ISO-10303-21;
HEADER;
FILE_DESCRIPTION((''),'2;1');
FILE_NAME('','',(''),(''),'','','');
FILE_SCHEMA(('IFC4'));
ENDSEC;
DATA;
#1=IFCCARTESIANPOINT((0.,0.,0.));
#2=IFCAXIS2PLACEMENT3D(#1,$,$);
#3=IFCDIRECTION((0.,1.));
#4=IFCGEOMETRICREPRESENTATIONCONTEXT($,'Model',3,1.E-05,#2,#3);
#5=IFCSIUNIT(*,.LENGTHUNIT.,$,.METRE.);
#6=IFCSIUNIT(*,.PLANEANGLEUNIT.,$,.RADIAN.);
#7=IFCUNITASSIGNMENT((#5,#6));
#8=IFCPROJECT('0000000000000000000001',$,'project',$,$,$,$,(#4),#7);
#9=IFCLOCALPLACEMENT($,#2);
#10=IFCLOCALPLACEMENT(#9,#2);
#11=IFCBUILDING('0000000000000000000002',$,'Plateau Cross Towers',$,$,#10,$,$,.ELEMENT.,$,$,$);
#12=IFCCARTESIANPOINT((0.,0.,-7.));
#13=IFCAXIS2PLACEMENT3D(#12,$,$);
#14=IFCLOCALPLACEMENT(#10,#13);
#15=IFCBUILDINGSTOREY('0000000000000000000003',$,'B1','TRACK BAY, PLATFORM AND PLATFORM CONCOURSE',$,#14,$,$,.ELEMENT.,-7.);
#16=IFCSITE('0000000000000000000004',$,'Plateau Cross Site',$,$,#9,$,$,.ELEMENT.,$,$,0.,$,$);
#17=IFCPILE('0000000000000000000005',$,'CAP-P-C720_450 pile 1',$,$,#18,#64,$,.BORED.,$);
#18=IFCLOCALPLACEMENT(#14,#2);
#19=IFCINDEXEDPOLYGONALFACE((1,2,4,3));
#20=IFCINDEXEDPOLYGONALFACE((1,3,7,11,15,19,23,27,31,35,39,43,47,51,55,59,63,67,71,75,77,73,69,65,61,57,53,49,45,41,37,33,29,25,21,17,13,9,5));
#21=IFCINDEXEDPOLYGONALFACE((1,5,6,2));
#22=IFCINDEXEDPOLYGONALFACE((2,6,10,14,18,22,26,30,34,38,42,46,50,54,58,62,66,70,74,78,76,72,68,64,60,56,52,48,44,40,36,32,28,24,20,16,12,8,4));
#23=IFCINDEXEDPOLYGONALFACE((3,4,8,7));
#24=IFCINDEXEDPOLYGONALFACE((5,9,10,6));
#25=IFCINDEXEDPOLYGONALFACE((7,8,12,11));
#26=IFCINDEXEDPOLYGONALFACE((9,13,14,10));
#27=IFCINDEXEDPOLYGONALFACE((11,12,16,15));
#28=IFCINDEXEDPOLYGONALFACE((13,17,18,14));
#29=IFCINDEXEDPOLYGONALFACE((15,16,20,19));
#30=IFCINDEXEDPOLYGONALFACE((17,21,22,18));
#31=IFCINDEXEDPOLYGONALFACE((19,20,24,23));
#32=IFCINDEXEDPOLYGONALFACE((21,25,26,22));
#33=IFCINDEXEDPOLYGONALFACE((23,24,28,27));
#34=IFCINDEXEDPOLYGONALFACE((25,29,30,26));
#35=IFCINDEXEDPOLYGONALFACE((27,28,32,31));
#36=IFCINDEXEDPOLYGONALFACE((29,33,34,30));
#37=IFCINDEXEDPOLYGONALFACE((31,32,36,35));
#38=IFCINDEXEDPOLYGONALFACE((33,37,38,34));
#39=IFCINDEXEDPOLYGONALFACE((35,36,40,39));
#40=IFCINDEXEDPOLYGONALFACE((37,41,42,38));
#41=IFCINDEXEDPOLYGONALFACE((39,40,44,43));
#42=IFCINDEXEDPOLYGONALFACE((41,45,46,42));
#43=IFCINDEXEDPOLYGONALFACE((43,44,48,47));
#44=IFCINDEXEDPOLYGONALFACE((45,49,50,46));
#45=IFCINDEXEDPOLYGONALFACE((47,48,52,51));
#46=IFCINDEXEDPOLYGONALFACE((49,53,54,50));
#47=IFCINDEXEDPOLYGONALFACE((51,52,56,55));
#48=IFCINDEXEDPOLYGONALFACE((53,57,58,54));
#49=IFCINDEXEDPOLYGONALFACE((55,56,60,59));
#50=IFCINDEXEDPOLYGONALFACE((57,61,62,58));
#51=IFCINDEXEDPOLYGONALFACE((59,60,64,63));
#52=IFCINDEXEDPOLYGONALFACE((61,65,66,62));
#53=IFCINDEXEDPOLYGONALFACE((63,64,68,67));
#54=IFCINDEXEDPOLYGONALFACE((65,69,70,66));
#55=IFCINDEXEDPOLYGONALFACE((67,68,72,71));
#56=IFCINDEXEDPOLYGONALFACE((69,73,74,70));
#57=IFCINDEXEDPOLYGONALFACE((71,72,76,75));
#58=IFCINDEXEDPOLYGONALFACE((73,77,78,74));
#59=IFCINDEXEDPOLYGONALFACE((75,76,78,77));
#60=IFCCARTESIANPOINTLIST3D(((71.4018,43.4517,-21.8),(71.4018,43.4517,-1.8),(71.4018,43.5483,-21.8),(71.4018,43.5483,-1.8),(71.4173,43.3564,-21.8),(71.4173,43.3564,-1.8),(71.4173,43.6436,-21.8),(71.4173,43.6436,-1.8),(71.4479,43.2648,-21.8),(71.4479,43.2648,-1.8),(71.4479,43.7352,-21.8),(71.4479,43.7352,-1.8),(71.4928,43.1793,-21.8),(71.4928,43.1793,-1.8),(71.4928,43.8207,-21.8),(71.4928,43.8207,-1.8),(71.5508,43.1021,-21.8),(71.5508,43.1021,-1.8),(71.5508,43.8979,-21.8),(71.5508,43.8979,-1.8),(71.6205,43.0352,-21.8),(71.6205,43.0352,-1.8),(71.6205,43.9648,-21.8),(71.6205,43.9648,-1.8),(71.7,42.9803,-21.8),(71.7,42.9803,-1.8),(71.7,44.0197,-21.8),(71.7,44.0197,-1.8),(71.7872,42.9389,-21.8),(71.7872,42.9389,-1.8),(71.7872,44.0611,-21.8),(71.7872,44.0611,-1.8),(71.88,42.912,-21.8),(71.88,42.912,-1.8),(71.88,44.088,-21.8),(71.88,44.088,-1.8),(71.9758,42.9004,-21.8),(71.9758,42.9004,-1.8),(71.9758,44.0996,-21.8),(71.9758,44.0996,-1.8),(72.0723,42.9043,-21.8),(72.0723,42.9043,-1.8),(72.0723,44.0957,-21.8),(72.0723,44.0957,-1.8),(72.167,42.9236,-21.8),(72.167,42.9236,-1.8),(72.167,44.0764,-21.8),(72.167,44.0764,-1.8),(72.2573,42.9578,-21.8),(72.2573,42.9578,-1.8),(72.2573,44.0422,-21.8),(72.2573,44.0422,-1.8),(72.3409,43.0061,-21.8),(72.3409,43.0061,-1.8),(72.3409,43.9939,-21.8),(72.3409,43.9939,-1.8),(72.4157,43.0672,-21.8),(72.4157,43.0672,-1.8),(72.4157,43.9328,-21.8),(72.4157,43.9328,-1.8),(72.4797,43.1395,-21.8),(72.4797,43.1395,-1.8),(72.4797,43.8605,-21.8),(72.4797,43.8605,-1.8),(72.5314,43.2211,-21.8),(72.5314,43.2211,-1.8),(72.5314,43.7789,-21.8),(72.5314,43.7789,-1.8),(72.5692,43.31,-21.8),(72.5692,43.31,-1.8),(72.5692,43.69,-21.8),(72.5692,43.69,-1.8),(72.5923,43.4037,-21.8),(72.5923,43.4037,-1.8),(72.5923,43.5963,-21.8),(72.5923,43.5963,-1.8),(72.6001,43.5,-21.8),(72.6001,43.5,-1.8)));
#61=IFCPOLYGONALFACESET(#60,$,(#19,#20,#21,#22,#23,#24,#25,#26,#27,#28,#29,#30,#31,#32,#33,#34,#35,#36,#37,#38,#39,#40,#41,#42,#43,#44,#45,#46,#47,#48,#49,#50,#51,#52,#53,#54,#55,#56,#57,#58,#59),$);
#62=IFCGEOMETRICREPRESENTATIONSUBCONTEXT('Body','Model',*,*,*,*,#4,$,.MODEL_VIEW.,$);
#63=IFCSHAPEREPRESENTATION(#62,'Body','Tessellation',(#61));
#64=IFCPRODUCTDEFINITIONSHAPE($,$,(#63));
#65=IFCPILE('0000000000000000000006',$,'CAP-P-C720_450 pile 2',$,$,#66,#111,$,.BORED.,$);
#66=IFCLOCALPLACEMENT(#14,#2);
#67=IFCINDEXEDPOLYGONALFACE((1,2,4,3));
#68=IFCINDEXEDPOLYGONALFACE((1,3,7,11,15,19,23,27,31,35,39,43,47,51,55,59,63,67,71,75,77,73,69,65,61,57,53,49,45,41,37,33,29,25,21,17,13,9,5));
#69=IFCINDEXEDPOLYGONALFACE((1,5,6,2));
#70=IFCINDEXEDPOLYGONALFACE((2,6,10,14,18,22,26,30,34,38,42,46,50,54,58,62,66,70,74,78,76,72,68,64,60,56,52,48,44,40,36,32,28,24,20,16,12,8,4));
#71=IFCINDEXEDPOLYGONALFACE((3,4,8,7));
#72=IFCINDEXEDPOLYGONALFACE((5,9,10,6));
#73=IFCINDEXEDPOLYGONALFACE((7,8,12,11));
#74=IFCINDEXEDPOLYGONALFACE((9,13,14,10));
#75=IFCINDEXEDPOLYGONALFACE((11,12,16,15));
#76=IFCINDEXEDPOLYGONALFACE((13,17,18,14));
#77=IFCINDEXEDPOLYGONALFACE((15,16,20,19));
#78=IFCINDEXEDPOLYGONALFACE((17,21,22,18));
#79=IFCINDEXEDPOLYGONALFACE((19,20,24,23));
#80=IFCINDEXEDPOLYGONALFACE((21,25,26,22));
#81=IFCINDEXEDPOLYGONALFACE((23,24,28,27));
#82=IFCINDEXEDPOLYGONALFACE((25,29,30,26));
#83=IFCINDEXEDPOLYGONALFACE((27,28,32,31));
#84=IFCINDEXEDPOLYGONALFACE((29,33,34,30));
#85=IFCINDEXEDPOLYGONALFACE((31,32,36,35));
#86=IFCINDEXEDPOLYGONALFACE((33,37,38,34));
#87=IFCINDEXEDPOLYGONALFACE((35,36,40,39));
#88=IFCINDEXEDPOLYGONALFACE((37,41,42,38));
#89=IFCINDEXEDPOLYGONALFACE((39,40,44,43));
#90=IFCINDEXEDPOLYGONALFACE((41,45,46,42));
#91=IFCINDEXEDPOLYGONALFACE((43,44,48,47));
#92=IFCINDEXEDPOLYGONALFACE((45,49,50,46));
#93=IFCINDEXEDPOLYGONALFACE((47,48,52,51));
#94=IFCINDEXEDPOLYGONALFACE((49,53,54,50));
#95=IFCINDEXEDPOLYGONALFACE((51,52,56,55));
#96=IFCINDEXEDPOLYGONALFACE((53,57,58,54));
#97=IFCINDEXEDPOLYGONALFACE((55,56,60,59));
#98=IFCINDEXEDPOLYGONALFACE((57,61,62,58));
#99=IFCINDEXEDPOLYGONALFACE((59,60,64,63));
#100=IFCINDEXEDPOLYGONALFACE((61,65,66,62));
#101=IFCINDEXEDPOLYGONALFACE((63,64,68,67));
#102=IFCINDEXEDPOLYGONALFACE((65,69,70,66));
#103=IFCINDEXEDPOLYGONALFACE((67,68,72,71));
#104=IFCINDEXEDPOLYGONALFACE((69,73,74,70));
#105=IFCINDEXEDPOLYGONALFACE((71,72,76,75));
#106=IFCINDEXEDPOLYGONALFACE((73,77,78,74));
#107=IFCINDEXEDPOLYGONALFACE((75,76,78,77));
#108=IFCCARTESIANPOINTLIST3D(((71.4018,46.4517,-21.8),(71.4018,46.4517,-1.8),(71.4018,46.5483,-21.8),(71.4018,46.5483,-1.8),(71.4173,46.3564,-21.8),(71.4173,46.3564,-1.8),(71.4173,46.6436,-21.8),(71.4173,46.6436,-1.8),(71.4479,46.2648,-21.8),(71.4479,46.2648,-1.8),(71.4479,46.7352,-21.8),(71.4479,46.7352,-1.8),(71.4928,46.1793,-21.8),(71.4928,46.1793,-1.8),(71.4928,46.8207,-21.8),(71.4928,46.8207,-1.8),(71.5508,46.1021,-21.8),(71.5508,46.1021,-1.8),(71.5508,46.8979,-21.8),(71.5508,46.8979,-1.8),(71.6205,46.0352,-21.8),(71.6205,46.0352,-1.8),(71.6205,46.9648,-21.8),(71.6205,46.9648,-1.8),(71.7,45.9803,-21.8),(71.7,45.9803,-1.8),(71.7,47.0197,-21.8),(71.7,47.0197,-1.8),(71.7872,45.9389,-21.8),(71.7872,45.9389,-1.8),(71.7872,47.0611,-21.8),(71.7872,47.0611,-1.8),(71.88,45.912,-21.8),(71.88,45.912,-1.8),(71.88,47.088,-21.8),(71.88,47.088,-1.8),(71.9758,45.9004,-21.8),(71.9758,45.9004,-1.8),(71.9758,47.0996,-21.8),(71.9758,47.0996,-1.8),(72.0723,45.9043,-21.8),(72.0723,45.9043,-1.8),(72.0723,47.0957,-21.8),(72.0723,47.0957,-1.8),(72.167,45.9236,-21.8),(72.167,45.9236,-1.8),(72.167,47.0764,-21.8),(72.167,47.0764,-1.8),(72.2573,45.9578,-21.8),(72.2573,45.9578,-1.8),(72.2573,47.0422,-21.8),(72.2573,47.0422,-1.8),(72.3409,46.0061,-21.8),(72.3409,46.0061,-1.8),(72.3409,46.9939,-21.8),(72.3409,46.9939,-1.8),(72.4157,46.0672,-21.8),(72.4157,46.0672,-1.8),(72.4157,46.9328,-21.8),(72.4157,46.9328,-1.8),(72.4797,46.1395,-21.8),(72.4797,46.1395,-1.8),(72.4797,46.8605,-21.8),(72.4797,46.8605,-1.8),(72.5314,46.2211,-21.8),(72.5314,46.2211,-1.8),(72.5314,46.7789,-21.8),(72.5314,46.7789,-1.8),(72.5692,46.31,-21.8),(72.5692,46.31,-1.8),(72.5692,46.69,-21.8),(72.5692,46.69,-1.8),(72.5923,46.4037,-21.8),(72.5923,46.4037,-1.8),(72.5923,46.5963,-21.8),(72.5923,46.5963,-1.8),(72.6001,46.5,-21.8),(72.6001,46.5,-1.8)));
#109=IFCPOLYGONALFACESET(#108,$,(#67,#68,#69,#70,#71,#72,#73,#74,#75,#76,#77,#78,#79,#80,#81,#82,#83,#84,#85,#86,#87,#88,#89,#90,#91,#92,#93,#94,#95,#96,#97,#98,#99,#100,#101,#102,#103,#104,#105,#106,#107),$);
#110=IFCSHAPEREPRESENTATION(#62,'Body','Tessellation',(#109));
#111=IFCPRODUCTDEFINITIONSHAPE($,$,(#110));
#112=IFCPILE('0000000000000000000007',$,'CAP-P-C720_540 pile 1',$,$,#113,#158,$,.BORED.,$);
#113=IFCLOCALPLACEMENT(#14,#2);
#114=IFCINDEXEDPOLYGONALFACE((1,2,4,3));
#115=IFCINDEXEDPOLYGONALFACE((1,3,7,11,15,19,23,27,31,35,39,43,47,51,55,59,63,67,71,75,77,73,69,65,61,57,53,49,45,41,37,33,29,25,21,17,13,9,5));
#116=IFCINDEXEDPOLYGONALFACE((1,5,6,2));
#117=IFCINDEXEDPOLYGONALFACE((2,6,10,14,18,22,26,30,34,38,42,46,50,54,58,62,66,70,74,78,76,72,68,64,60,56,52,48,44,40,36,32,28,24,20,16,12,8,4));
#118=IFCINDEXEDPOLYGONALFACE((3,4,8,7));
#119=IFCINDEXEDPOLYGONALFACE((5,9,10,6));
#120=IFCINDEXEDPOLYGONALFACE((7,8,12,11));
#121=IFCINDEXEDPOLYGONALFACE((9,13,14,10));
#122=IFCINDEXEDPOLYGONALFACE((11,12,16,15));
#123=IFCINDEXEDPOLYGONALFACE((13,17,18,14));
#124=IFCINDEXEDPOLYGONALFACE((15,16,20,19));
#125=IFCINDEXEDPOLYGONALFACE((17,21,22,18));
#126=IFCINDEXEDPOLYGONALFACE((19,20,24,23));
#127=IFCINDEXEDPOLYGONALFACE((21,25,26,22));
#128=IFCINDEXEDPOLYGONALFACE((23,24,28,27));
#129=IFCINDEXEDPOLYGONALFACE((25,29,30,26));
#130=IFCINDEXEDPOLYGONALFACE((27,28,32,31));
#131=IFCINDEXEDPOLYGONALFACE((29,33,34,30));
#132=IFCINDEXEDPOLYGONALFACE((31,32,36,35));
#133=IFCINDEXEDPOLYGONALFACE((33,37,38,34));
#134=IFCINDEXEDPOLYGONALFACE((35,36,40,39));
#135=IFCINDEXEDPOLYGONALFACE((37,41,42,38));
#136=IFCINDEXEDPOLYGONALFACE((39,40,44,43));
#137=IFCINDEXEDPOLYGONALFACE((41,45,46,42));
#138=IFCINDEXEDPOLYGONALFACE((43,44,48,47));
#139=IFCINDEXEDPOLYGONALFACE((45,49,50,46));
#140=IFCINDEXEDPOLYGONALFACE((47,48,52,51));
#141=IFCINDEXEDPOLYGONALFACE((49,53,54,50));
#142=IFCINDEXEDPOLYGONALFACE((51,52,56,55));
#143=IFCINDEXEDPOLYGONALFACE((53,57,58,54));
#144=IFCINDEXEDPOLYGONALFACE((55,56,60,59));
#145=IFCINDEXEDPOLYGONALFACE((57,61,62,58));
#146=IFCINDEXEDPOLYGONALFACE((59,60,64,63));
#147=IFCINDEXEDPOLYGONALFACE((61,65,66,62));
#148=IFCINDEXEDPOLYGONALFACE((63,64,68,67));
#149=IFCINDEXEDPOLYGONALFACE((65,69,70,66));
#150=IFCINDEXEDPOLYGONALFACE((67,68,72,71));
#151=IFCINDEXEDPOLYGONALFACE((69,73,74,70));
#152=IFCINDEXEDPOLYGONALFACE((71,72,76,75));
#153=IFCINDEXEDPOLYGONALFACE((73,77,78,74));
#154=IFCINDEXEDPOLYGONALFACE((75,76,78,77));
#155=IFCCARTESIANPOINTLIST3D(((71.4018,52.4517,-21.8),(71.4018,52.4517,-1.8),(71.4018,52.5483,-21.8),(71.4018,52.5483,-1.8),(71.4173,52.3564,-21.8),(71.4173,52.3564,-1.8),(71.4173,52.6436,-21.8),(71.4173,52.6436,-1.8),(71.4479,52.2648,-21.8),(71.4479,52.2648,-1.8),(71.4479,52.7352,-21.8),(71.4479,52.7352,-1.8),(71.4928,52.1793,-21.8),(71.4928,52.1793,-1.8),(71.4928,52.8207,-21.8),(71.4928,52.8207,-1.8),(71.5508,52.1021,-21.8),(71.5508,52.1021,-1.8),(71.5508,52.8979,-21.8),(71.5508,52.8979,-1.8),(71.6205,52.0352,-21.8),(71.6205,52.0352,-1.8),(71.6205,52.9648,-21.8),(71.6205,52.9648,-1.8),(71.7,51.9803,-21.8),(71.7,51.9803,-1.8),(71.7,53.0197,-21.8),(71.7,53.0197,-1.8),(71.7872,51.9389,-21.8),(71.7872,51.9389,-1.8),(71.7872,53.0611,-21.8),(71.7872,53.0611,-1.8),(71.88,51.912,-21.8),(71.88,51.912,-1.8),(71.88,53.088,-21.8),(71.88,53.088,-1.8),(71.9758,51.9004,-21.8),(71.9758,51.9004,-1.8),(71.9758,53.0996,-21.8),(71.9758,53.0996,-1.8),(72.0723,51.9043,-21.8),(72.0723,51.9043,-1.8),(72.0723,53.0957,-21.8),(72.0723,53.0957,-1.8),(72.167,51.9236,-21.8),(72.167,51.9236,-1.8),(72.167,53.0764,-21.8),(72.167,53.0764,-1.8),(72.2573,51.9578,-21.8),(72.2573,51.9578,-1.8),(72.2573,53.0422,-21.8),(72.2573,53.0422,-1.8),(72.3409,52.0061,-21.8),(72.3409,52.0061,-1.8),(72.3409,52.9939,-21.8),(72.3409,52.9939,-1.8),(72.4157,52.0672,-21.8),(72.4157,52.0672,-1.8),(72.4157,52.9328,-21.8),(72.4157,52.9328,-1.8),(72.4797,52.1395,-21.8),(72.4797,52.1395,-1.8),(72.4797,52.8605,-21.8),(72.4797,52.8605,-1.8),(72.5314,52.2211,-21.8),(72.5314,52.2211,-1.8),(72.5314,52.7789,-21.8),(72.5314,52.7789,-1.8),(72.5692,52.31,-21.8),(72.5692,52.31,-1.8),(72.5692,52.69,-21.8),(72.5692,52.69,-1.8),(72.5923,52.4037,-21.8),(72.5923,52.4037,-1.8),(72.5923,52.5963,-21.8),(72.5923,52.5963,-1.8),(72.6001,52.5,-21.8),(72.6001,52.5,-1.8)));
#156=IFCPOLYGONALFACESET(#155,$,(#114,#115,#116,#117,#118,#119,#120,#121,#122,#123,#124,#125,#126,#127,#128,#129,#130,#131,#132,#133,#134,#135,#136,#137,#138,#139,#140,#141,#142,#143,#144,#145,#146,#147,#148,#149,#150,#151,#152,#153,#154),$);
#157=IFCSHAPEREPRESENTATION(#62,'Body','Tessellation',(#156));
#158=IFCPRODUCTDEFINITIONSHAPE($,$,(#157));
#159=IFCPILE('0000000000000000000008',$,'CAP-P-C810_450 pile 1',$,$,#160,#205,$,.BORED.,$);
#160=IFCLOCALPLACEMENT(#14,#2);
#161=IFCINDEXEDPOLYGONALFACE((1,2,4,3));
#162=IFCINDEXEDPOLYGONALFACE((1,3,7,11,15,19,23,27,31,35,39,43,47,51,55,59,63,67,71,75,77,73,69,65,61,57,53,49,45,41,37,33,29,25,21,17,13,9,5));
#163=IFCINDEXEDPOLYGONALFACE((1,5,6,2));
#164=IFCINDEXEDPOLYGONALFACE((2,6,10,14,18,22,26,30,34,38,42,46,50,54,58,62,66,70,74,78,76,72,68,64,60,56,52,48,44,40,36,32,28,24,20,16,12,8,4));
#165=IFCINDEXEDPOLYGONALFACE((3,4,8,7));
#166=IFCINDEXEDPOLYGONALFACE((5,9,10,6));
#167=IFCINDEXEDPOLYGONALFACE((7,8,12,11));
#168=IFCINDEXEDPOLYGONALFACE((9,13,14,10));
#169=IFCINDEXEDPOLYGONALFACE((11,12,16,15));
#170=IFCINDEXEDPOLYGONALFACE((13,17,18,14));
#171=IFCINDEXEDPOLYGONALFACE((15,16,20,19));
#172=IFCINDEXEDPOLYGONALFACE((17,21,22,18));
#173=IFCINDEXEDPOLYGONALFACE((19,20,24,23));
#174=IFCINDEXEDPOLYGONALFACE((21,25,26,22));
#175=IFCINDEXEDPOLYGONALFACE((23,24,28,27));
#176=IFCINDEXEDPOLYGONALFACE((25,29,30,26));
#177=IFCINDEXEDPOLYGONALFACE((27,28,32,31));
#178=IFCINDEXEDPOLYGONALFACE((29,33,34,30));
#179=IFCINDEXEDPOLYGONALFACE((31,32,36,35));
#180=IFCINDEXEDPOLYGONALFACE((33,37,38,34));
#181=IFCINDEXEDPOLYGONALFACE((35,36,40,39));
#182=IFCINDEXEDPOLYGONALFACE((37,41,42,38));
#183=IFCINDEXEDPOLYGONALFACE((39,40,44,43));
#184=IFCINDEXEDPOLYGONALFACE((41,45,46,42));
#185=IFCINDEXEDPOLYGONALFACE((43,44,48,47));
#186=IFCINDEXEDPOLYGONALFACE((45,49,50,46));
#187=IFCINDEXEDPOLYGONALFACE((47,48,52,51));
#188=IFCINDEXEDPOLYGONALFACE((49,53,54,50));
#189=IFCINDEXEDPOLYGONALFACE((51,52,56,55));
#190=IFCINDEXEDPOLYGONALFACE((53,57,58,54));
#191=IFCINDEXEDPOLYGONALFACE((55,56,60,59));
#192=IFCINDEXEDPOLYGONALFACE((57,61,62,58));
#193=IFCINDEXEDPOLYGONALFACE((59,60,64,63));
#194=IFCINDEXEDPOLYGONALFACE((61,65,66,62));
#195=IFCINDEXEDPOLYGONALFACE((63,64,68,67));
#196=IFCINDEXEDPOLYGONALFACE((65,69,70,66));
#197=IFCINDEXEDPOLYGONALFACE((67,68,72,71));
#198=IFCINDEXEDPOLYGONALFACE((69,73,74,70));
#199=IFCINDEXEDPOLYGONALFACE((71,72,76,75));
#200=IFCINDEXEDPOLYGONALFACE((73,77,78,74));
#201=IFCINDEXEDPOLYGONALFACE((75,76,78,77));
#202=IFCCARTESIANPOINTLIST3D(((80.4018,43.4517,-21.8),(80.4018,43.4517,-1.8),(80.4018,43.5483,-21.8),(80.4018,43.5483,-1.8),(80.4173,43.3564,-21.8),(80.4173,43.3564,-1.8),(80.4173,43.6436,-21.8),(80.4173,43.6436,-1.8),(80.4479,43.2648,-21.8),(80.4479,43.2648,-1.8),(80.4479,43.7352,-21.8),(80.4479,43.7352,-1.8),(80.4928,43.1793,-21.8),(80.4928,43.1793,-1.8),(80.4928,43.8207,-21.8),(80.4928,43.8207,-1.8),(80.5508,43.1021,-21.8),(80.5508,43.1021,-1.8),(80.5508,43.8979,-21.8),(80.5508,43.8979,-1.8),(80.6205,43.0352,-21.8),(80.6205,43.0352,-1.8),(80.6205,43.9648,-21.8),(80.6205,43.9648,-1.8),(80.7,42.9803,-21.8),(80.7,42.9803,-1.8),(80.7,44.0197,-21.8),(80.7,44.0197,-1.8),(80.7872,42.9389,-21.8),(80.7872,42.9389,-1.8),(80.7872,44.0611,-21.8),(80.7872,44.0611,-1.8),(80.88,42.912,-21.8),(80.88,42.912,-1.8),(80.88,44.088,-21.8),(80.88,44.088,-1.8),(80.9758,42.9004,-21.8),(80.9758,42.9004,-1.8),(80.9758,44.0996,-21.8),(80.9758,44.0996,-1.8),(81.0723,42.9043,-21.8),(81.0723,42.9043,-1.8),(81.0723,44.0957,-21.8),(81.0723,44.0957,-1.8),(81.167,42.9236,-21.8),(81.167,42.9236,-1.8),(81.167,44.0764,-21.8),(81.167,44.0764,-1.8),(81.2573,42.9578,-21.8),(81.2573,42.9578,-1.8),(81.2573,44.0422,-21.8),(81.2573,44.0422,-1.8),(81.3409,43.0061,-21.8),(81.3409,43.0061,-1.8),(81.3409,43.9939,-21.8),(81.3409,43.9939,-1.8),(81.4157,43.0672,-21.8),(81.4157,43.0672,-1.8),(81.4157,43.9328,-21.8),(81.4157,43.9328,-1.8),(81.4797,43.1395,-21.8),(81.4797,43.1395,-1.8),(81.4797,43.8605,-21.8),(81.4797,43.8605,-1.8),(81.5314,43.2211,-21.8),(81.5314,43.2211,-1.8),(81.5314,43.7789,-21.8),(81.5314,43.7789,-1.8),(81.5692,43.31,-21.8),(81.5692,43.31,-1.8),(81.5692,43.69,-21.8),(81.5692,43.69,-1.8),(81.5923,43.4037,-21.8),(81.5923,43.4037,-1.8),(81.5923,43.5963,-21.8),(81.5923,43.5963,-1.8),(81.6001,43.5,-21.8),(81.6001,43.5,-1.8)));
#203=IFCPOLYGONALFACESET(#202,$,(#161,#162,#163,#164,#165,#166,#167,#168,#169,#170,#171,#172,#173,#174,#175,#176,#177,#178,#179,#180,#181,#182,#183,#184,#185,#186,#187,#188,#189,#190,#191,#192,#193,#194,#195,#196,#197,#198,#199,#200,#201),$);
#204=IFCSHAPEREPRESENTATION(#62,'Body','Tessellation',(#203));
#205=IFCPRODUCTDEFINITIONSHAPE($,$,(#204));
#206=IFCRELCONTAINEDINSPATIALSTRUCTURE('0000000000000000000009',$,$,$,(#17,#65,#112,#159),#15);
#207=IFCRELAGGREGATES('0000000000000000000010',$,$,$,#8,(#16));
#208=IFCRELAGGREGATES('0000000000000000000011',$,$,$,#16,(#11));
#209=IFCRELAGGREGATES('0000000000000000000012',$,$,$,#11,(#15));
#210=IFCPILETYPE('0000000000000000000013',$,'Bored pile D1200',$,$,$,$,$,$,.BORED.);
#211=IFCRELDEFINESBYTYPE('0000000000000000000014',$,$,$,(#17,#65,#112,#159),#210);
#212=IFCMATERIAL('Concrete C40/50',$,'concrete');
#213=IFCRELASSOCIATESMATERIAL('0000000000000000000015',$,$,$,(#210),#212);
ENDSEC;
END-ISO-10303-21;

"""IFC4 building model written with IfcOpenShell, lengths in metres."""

from ifc_helpers import new_model, si_unit, direction, frame, origin, origin_2d, place, context, subcontext, project, spatial, circle, extrude, material, material_profile, profile_set, type_object, element, save


model = new_model("IFC4")

# Units and contexts
model_context = context("Model", 3, precision=1e-05, world=origin(), true_north=direction((0.0, 1.0)))
body_context = subcontext(model_context, "Body", "Model", "MODEL_VIEW")
ifc_project = project(units=[si_unit("LENGTHUNIT", "METRE"), si_unit("PLANEANGLEUNIT", "RADIAN")], contexts=[model_context])

# Site, building, storey
site_placement = place(None, origin())
site = spatial("IfcSite", under=ifc_project, at=site_placement, Name="Plateau Cross Site", CompositionType="ELEMENT", RefElevation=0.0)
building_placement = place(site_placement, origin())
building = spatial("IfcBuilding", under=site, at=building_placement, Name="Plateau Cross Towers", CompositionType="ELEMENT")
storey_placement = place(building_placement, frame((0.0, 0.0, -7.0)))
storey = spatial("IfcBuildingStorey", under=building, at=storey_placement, Name="B1", Description="TRACK BAY, PLATFORM AND PLATFORM CONCOURSE", CompositionType="ELEMENT", Elevation=-7.0)

# Piles
ifc_material_1 = material(Name="Concrete C40/50", Category="concrete")
ifc_material_profile_1 = material_profile(ifc_material_1, circle(Radius=0.6001, at=origin_2d()), Name="Bored pile D1200")
ifc_profile_set_1 = profile_set([ifc_material_profile_1], Name="Concrete C40/50")
pile_type = type_object("IfcPileType", Name="Bored pile D1200", PredefinedType="BORED", material=ifc_profile_set_1)
for number, where, z_axis, x_axis, name in (
    (1, (72.0, 43.5, -1.8), (0.0, 0.0, -1.0), (1.0, 0.0, 0.0), "CAP-P-C720_450 pile 1"),
    (2, (72.0, 46.5, -1.8), (0.0, 0.0, -1.0), (1.0, 0.0, 0.0), "CAP-P-C720_450 pile 2"),
    (3, (72.0, 52.5, -1.8), (0.0, 0.0, -1.0), (1.0, 0.0, 0.0), "CAP-P-C720_540 pile 1"),
    (4, (81.0, 43.5, -1.8), (0.0, 0.0, -1.0), (1.0, 0.0, 0.0), "CAP-P-C810_450 pile 1"),
):
    element("IfcPile", number, at=place(storey_placement, frame(where, z_axis=z_axis, x_axis=x_axis)), inside=storey, type_object=pile_type, Name=name, PredefinedType="BORED", context=body_context, shape_type="SweptSolid", body=[
        extrude(circle(Radius=0.6001, at=origin_2d()), origin(), (0.0, 0.0, 1.0), 20.0),
    ])

save(model, "model.ifc")
